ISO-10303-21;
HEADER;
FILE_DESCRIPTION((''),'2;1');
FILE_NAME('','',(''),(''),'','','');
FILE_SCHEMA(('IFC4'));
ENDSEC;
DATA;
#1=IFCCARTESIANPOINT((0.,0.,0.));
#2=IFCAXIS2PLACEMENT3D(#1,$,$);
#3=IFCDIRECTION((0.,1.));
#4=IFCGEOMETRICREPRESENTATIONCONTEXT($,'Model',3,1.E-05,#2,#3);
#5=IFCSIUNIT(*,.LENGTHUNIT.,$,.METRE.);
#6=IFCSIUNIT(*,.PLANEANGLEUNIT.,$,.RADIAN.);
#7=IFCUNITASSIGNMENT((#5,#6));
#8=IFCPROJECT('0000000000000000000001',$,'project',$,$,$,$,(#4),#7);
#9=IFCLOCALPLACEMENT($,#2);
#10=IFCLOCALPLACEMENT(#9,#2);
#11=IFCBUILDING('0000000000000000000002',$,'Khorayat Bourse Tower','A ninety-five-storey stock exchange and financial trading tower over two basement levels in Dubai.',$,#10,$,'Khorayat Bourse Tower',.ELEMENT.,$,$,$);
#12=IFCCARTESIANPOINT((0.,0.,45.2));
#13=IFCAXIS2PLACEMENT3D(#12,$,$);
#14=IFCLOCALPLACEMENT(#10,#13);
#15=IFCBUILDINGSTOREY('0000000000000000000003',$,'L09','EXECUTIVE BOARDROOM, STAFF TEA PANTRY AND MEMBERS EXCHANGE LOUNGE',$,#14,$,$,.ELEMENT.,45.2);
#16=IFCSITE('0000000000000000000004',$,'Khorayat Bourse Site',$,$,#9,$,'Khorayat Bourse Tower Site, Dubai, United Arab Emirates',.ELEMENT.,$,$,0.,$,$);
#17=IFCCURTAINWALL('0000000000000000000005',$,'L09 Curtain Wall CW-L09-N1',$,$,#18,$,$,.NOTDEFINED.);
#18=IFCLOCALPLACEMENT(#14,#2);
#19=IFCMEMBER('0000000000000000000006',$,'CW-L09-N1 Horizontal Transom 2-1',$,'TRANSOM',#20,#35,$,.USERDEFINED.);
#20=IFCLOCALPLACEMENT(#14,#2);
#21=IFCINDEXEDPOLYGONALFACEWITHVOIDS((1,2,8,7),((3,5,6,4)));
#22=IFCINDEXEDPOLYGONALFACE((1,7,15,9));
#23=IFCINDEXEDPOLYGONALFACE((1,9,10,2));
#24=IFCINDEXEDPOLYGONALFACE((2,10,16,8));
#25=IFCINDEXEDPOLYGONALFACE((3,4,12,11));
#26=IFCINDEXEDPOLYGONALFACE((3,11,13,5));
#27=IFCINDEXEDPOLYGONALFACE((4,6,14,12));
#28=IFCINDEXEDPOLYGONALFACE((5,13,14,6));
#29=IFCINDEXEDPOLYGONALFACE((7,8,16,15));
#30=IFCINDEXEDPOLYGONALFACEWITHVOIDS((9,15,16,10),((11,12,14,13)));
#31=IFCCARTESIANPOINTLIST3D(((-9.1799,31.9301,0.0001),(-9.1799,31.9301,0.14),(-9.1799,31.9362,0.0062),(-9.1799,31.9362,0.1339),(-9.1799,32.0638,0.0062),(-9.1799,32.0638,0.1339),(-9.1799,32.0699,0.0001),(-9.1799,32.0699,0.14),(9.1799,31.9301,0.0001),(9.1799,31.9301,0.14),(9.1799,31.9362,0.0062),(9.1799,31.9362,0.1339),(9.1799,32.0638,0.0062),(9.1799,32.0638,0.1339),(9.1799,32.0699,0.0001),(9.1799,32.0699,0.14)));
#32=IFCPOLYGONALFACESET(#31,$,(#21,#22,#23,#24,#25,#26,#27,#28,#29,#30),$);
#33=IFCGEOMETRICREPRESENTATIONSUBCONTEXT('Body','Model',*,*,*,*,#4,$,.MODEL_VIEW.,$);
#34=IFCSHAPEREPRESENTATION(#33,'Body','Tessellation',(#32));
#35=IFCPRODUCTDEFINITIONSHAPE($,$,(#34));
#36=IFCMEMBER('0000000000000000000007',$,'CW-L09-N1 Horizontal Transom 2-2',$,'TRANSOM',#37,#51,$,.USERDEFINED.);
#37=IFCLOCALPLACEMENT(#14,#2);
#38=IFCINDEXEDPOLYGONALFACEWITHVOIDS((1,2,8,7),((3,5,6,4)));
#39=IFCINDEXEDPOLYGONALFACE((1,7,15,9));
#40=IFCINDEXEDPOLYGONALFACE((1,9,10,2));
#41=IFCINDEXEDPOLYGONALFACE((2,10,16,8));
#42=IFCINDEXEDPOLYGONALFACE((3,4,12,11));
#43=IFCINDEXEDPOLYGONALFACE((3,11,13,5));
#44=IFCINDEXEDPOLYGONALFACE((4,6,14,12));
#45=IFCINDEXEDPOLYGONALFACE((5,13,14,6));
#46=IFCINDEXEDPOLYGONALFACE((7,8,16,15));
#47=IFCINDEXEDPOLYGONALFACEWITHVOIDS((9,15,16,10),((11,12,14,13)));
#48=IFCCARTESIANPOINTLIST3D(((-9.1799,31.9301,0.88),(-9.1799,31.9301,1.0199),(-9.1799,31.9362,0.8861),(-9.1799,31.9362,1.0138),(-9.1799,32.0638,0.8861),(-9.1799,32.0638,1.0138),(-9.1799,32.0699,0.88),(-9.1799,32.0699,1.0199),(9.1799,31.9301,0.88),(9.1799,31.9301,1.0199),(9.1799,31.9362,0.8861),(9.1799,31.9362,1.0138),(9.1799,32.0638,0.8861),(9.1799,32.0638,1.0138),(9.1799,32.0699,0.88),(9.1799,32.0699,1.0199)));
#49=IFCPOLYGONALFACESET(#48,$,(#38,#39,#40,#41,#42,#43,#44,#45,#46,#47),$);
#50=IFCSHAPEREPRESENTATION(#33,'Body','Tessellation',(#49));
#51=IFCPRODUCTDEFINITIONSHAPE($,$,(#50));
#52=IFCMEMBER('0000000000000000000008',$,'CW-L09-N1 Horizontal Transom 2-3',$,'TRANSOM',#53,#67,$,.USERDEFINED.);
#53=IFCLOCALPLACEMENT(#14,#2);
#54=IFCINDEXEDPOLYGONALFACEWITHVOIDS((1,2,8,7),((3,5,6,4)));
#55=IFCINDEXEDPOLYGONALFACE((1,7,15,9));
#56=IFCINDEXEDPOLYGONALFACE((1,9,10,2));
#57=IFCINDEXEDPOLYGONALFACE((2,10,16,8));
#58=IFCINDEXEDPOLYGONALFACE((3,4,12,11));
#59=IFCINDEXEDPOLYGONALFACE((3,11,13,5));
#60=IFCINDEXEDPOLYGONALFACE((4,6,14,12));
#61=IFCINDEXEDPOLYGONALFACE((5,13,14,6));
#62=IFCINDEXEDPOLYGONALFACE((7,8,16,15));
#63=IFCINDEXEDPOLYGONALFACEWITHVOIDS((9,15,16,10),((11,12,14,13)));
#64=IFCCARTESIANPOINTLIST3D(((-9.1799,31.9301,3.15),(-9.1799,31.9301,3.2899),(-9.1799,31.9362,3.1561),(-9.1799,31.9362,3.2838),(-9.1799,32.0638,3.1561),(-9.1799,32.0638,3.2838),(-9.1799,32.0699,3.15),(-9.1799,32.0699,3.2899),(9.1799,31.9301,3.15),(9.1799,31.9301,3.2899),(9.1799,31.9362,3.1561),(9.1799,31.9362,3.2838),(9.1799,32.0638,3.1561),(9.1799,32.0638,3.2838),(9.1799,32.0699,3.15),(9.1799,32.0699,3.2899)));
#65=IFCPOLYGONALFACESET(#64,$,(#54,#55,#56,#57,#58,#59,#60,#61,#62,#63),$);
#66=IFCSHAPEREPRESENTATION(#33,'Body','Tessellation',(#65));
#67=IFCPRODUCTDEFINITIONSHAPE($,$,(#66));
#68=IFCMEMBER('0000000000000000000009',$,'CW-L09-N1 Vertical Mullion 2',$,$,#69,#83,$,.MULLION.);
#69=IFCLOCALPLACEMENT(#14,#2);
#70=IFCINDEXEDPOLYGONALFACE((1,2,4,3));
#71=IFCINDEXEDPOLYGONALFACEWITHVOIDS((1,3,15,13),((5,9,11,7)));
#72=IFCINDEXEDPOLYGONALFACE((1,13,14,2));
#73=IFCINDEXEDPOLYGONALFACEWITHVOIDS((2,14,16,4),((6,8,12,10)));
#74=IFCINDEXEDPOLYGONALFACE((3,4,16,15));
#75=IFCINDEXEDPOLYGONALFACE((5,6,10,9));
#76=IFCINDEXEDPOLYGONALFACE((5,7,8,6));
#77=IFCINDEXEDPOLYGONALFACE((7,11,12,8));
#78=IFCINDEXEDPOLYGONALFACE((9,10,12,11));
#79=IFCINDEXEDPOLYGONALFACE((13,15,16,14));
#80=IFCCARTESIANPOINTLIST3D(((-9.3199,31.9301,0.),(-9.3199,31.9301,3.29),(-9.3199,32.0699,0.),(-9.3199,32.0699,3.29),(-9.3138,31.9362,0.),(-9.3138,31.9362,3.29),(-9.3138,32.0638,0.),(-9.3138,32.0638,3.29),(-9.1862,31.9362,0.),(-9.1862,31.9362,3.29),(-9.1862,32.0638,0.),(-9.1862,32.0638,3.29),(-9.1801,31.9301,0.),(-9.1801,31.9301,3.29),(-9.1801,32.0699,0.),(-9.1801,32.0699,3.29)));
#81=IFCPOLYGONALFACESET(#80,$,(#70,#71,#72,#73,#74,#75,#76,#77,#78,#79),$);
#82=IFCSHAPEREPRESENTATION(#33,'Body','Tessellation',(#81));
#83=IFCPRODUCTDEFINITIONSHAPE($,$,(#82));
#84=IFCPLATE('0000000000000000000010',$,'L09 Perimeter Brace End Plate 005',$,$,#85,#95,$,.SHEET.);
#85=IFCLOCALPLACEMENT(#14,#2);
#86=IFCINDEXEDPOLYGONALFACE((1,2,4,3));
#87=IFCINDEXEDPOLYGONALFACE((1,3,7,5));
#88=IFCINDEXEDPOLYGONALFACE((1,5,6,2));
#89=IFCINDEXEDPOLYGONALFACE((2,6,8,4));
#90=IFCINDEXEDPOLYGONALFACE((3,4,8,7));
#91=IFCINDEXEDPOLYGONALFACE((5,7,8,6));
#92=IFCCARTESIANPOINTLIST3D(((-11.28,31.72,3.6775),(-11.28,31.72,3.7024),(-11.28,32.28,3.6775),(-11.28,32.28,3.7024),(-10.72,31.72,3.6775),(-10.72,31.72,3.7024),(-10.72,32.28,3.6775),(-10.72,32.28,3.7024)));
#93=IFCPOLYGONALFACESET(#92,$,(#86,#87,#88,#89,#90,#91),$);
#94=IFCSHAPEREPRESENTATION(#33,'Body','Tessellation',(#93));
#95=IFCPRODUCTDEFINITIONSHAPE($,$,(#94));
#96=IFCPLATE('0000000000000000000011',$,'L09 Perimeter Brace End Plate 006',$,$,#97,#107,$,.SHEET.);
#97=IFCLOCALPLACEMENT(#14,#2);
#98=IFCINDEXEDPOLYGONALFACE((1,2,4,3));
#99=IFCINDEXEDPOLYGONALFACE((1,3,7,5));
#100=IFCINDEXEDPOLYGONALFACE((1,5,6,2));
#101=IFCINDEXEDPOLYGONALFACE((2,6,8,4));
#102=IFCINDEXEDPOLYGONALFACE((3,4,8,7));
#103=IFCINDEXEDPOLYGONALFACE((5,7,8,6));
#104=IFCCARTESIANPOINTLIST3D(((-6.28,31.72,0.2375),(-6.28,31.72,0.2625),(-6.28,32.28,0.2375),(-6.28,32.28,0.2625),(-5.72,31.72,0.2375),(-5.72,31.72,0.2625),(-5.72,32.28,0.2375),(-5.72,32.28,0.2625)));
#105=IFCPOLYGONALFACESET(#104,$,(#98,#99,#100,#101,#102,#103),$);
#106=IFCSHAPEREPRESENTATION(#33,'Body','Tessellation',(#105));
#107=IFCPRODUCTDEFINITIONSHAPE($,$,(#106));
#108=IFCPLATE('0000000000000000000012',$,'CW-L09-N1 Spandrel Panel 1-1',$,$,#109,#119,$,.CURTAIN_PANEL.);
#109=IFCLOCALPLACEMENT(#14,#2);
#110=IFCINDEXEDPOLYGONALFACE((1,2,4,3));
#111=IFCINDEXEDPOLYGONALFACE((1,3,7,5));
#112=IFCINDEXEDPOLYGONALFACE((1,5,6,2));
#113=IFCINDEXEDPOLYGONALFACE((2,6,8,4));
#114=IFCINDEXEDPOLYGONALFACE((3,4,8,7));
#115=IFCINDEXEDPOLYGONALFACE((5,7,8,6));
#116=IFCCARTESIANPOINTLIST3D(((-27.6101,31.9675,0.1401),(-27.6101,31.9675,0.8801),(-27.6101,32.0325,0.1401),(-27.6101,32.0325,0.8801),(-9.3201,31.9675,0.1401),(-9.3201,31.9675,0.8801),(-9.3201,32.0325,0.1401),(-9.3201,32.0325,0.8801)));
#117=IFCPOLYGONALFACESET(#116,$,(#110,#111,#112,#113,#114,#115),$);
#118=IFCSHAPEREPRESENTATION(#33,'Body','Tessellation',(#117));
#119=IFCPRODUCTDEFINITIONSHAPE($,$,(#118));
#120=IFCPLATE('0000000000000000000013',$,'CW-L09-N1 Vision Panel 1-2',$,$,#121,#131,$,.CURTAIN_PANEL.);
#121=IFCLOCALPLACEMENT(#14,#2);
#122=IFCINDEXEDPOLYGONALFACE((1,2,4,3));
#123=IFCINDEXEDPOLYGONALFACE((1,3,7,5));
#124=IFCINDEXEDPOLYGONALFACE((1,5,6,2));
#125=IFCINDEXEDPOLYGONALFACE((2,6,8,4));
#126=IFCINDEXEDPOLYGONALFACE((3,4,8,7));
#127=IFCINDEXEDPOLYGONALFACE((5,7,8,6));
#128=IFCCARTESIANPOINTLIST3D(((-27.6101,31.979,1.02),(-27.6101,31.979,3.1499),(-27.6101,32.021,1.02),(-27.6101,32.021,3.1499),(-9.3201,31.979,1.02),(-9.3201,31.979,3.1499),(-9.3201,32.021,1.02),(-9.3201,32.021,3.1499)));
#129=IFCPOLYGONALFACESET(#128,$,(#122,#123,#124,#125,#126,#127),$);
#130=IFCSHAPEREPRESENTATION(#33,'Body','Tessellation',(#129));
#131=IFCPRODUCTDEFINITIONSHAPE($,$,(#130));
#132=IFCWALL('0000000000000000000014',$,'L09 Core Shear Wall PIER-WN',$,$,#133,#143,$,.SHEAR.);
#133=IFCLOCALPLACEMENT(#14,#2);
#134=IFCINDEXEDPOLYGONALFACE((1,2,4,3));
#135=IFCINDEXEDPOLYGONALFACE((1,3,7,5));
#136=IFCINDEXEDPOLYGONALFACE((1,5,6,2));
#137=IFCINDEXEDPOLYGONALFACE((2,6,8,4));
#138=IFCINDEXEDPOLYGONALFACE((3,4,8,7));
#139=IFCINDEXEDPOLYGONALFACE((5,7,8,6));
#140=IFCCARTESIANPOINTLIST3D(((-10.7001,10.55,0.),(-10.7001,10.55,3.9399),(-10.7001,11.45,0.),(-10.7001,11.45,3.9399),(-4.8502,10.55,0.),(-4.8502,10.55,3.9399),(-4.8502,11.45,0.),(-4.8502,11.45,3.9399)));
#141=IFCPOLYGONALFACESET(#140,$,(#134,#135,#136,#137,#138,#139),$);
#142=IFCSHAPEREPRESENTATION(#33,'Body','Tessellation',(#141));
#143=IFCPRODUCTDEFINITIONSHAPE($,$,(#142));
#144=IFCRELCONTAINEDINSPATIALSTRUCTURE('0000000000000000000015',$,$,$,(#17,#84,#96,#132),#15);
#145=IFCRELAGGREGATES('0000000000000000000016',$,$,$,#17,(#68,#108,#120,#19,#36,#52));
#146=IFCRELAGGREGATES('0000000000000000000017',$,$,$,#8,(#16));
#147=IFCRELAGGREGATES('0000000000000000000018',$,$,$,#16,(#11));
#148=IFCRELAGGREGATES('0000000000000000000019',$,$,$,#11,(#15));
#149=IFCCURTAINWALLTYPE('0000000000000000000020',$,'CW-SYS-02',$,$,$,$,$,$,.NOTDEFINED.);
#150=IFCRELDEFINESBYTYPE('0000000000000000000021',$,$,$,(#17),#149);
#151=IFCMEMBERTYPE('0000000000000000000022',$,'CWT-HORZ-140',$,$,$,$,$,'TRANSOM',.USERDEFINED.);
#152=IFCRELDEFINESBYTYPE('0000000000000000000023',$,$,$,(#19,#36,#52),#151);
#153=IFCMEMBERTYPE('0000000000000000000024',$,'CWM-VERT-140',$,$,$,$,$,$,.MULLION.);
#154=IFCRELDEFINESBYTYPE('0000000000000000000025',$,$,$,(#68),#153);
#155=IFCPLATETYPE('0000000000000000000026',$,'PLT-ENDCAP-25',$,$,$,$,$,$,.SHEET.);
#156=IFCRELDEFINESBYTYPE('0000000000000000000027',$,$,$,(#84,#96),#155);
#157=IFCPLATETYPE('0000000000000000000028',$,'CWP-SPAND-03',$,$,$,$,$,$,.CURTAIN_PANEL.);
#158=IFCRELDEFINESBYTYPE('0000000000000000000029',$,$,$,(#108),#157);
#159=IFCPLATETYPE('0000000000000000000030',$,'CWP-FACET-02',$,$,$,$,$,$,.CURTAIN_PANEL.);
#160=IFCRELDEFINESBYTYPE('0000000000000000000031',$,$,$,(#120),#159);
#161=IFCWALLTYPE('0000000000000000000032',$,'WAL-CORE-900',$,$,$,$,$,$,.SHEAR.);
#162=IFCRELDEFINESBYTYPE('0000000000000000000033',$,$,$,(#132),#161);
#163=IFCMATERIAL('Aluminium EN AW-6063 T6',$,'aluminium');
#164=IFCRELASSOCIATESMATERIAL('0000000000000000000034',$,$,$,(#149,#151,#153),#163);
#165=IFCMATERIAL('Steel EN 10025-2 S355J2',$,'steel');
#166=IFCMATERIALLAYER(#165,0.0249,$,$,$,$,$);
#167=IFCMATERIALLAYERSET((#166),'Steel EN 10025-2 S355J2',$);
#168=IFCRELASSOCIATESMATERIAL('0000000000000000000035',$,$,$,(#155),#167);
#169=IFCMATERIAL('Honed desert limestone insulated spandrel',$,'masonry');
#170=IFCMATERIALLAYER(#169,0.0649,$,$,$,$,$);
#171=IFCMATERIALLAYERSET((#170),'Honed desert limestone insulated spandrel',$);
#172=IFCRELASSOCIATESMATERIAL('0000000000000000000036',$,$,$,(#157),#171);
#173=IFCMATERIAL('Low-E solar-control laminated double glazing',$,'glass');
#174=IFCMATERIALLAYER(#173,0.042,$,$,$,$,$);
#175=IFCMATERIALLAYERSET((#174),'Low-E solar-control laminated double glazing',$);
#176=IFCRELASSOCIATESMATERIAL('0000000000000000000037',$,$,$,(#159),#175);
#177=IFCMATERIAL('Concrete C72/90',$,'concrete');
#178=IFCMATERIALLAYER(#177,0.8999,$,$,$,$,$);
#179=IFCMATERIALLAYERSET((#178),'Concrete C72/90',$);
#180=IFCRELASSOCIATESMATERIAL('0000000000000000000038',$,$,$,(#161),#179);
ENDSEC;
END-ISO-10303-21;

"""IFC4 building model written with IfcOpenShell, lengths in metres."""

from ifc_helpers import new_model, si_unit, direction, frame, frame_2d, origin, origin_2d, place, context, subcontext, project, spatial, rectangle, hollow_rectangle, extrude, source, transform, mapped, material, layer, layer_set, material_profile, profile_set, type_object, element, aggregate, save


model = new_model("IFC4")

# Units and contexts
model_context = context("Model", 3, precision=1e-05, world=origin(), true_north=direction((0.0, 1.0)))
body_context = subcontext(model_context, "Body", "Model", "MODEL_VIEW")
ifc_project = project(units=[si_unit("LENGTHUNIT", "METRE"), si_unit("PLANEANGLEUNIT", "RADIAN")], contexts=[model_context])

# Site, building, storey
site_placement = place(None, origin())
site = spatial("IfcSite", under=ifc_project, at=site_placement, Name="Khorayat Bourse Site", LongName="Khorayat Bourse Tower Site, Dubai, United Arab Emirates", CompositionType="ELEMENT", RefElevation=0.0)
building_placement = place(site_placement, origin())
building = spatial("IfcBuilding", under=site, at=building_placement, Name="Khorayat Bourse Tower", Description="A ninety-five-storey stock exchange and financial trading tower over two basement levels in Dubai.", LongName="Khorayat Bourse Tower", CompositionType="ELEMENT")
storey_placement = place(building_placement, frame((0.0, 0.0, 45.2)))
storey = spatial("IfcBuildingStorey", under=building, at=storey_placement, Name="L09", Description="EXECUTIVE BOARDROOM, STAFF TEA PANTRY AND MEMBERS EXCHANGE LOUNGE", CompositionType="ELEMENT", Elevation=45.2)

# Shared definitions
ifc_material_1 = material(Name="Concrete C72/90", Category="concrete")

# Curtain wall, members
ifc_material_2 = material(Name="Aluminium EN AW-6063 T6", Category="aluminium")
curtain_wall_type = type_object("IfcCurtainWallType", Name="CW-SYS-02", PredefinedType="NOTDEFINED", material=ifc_material_2)
curtain_wall_placement = place(storey_placement, origin())
curtain_wall = element("IfcCurtainWall", 1, at=curtain_wall_placement, inside=storey, type_object=curtain_wall_type, Name="L09 Curtain Wall CW-L09-N1", PredefinedType="NOTDEFINED")
ifc_material_profile_1 = material_profile(ifc_material_2, hollow_rectangle(XDim=0.1399, YDim=0.1399, WallThickness=0.0061, at=origin_2d()), Name="ALU 140x140x6")
ifc_profile_set_1 = profile_set([ifc_material_profile_1], Name="Aluminium EN AW-6063 T6")
member_type_1 = type_object("IfcMemberType", Name="CWT-HORZ-140", ElementType="TRANSOM", PredefinedType="USERDEFINED", material=ifc_profile_set_1)
shared_shape_1 = source(origin(), body_context, "Body", "SweptSolid", [
    extrude(hollow_rectangle(XDim=0.1399, YDim=0.1399, WallThickness=0.0061, at=origin_2d()), origin(), (0.0, 0.0, 1.0), 18.3599),
])
member_1_placement = place(storey_placement, frame((-9.1799, 32.0, 0.0701), z_axis=(1.0, 0.0, 0.0), x_axis=(0.0, 1.0, 0.0)))
member_1 = element("IfcMember", 2, at=member_1_placement, type_object=member_type_1, Name="CW-L09-N1 Horizontal Transom 2-1", ObjectType="TRANSOM", PredefinedType="USERDEFINED", context=body_context, shape_type="MappedRepresentation", body=[
    mapped(shared_shape_1, transform((0.0, 0.0, 0.0), scale=1.0)),
])
member_2_placement = place(storey_placement, frame((-9.1799, 32.0, 0.95), z_axis=(1.0, 0.0, 0.0), x_axis=(0.0, 1.0, 0.0)))
member_2 = element("IfcMember", 3, at=member_2_placement, type_object=member_type_1, Name="CW-L09-N1 Horizontal Transom 2-2", ObjectType="TRANSOM", PredefinedType="USERDEFINED", context=body_context, shape_type="MappedRepresentation", body=[
    mapped(shared_shape_1, transform((0.0, 0.0, 0.0), scale=1.0)),
])
member_3_placement = place(storey_placement, frame((-9.1799, 32.0, 3.22), z_axis=(1.0, 0.0, 0.0), x_axis=(0.0, 1.0, 0.0)))
member_3 = element("IfcMember", 4, at=member_3_placement, type_object=member_type_1, Name="CW-L09-N1 Horizontal Transom 2-3", ObjectType="TRANSOM", PredefinedType="USERDEFINED", context=body_context, shape_type="MappedRepresentation", body=[
    mapped(shared_shape_1, transform((0.0, 0.0, 0.0), scale=1.0)),
])
ifc_material_profile_2 = material_profile(ifc_material_2, hollow_rectangle(XDim=0.1399, YDim=0.1399, WallThickness=0.0061, at=origin_2d()), Name="ALU 140x140x6")
ifc_profile_set_2 = profile_set([ifc_material_profile_2], Name="Aluminium EN AW-6063 T6")
member_type_2 = type_object("IfcMemberType", Name="CWM-VERT-140", PredefinedType="MULLION", material=ifc_profile_set_2)
shared_shape_2 = source(origin(), body_context, "Body", "SweptSolid", [
    extrude(hollow_rectangle(XDim=0.1399, YDim=0.1399, WallThickness=0.0061, at=origin_2d()), origin(), (0.0, 0.0, 1.0), 3.29),
])
member_4_placement = place(storey_placement, frame((-9.25, 32.0, 0.0), z_axis=(0.0, 0.0, 1.0), x_axis=(0.0, 1.0, 0.0)))
member_4 = element("IfcMember", 5, at=member_4_placement, type_object=member_type_2, Name="CW-L09-N1 Vertical Mullion 2", PredefinedType="MULLION", context=body_context, shape_type="MappedRepresentation", body=[
    mapped(shared_shape_2, transform((0.0, 0.0, 0.0), scale=1.0)),
])

# Plates
ifc_material_3 = material(Name="Steel EN 10025-2 S355J2", Category="steel")
ifc_layer_1 = layer(ifc_material_3, 0.0249)
ifc_layer_set_1 = layer_set([ifc_layer_1], Name="Steel EN 10025-2 S355J2")
plate_type_1 = type_object("IfcPlateType", Name="PLT-ENDCAP-25", PredefinedType="SHEET", material=ifc_layer_set_1)
shared_shape_3 = source(origin(), body_context, "Body", "SweptSolid", [
    extrude(rectangle(XDim=0.5601, YDim=0.5601, at=origin_2d()), origin(), (0.0, 0.0, 1.0), 0.0249),
])
for number, where, z_axis, x_axis, name in (
    (6, (-11.0, 32.0, 3.6775), (0.0, 0.0, 1.0), (1.0, 0.0, 0.0), "L09 Perimeter Brace End Plate 005"),
    (7, (-6.0, 32.0, 0.2375), (0.0, 0.0, 1.0), (1.0, 0.0, 0.0), "L09 Perimeter Brace End Plate 006"),
):
    element("IfcPlate", number, at=place(storey_placement, frame(where, z_axis=z_axis, x_axis=x_axis)), inside=storey, type_object=plate_type_1, Name=name, PredefinedType="SHEET", context=body_context, shape_type="MappedRepresentation", body=[
        mapped(shared_shape_3, transform((0.0, 0.0, 0.0), scale=1.0)),
    ])

# Plates
ifc_material_4 = material(Name="Honed desert limestone insulated spandrel", Category="masonry")
ifc_layer_2 = layer(ifc_material_4, 0.0649)
ifc_layer_set_2 = layer_set([ifc_layer_2], Name="Honed desert limestone insulated spandrel")
plate_type_2 = type_object("IfcPlateType", Name="CWP-SPAND-03", PredefinedType="CURTAIN_PANEL", material=ifc_layer_set_2)
shared_shape_4 = source(origin(), body_context, "Body", "SweptSolid", [
    extrude(rectangle(XDim=18.29, YDim=0.0649, at=origin_2d()), origin(), (0.0, 0.0, 1.0), 0.74),
])
plate_1_placement = place(storey_placement, frame((-18.4651, 32.0, 0.1401), z_axis=(0.0, 0.0, 1.0), x_axis=(1.0, 0.0, 0.0)))
plate_1 = element("IfcPlate", 8, at=plate_1_placement, type_object=plate_type_2, Name="CW-L09-N1 Spandrel Panel 1-1", PredefinedType="CURTAIN_PANEL", context=body_context, shape_type="MappedRepresentation", body=[
    mapped(shared_shape_4, transform((0.0, 0.0, 0.0), scale=1.0)),
])
ifc_material_5 = material(Name="Low-E solar-control laminated double glazing", Category="glass")
ifc_layer_3 = layer(ifc_material_5, 0.042)
ifc_layer_set_3 = layer_set([ifc_layer_3], Name="Low-E solar-control laminated double glazing")
plate_type_3 = type_object("IfcPlateType", Name="CWP-FACET-02", PredefinedType="CURTAIN_PANEL", material=ifc_layer_set_3)
shared_shape_5 = source(origin(), body_context, "Body", "SweptSolid", [
    extrude(rectangle(XDim=18.29, YDim=0.042, at=origin_2d()), origin(), (0.0, 0.0, 1.0), 2.1299),
])
plate_2_placement = place(storey_placement, frame((-18.4651, 32.0, 1.02), z_axis=(0.0, 0.0, 1.0), x_axis=(1.0, 0.0, 0.0)))
plate_2 = element("IfcPlate", 9, at=plate_2_placement, type_object=plate_type_3, Name="CW-L09-N1 Vision Panel 1-2", PredefinedType="CURTAIN_PANEL", context=body_context, shape_type="MappedRepresentation", body=[
    mapped(shared_shape_5, transform((0.0, 0.0, 0.0), scale=1.0)),
])
aggregate(curtain_wall, [member_4, plate_1, plate_2, member_1, member_2, member_3])

# Wall
ifc_layer_4 = layer(ifc_material_1, 0.8999)
ifc_layer_set_4 = layer_set([ifc_layer_4], Name="Concrete C72/90")
wall_type_1 = type_object("IfcWallType", Name="WAL-CORE-900", PredefinedType="SHEAR", material=ifc_layer_set_4)
shared_shape_6 = source(origin(), body_context, "Body", "SweptSolid", [
    extrude(rectangle(XDim=5.8499, YDim=0.8999, at=frame_2d((2.9248, 0.0))), origin(), (0.0, 0.0, 1.0), 3.9399),
])
wall_1_placement = place(storey_placement, frame((-10.7, 11.0, 0.0), z_axis=(0.0, 0.0, 1.0), x_axis=(1.0, 0.0, 0.0)))
element("IfcWall", 10, at=wall_1_placement, inside=storey, type_object=wall_type_1, Name="L09 Core Shear Wall PIER-WN", PredefinedType="SHEAR", context=body_context, shape_type="MappedRepresentation", body=[
    mapped(shared_shape_6, transform((0.0, 0.0, 0.0), scale=1.0)),
])

save(model, "model.ifc")
